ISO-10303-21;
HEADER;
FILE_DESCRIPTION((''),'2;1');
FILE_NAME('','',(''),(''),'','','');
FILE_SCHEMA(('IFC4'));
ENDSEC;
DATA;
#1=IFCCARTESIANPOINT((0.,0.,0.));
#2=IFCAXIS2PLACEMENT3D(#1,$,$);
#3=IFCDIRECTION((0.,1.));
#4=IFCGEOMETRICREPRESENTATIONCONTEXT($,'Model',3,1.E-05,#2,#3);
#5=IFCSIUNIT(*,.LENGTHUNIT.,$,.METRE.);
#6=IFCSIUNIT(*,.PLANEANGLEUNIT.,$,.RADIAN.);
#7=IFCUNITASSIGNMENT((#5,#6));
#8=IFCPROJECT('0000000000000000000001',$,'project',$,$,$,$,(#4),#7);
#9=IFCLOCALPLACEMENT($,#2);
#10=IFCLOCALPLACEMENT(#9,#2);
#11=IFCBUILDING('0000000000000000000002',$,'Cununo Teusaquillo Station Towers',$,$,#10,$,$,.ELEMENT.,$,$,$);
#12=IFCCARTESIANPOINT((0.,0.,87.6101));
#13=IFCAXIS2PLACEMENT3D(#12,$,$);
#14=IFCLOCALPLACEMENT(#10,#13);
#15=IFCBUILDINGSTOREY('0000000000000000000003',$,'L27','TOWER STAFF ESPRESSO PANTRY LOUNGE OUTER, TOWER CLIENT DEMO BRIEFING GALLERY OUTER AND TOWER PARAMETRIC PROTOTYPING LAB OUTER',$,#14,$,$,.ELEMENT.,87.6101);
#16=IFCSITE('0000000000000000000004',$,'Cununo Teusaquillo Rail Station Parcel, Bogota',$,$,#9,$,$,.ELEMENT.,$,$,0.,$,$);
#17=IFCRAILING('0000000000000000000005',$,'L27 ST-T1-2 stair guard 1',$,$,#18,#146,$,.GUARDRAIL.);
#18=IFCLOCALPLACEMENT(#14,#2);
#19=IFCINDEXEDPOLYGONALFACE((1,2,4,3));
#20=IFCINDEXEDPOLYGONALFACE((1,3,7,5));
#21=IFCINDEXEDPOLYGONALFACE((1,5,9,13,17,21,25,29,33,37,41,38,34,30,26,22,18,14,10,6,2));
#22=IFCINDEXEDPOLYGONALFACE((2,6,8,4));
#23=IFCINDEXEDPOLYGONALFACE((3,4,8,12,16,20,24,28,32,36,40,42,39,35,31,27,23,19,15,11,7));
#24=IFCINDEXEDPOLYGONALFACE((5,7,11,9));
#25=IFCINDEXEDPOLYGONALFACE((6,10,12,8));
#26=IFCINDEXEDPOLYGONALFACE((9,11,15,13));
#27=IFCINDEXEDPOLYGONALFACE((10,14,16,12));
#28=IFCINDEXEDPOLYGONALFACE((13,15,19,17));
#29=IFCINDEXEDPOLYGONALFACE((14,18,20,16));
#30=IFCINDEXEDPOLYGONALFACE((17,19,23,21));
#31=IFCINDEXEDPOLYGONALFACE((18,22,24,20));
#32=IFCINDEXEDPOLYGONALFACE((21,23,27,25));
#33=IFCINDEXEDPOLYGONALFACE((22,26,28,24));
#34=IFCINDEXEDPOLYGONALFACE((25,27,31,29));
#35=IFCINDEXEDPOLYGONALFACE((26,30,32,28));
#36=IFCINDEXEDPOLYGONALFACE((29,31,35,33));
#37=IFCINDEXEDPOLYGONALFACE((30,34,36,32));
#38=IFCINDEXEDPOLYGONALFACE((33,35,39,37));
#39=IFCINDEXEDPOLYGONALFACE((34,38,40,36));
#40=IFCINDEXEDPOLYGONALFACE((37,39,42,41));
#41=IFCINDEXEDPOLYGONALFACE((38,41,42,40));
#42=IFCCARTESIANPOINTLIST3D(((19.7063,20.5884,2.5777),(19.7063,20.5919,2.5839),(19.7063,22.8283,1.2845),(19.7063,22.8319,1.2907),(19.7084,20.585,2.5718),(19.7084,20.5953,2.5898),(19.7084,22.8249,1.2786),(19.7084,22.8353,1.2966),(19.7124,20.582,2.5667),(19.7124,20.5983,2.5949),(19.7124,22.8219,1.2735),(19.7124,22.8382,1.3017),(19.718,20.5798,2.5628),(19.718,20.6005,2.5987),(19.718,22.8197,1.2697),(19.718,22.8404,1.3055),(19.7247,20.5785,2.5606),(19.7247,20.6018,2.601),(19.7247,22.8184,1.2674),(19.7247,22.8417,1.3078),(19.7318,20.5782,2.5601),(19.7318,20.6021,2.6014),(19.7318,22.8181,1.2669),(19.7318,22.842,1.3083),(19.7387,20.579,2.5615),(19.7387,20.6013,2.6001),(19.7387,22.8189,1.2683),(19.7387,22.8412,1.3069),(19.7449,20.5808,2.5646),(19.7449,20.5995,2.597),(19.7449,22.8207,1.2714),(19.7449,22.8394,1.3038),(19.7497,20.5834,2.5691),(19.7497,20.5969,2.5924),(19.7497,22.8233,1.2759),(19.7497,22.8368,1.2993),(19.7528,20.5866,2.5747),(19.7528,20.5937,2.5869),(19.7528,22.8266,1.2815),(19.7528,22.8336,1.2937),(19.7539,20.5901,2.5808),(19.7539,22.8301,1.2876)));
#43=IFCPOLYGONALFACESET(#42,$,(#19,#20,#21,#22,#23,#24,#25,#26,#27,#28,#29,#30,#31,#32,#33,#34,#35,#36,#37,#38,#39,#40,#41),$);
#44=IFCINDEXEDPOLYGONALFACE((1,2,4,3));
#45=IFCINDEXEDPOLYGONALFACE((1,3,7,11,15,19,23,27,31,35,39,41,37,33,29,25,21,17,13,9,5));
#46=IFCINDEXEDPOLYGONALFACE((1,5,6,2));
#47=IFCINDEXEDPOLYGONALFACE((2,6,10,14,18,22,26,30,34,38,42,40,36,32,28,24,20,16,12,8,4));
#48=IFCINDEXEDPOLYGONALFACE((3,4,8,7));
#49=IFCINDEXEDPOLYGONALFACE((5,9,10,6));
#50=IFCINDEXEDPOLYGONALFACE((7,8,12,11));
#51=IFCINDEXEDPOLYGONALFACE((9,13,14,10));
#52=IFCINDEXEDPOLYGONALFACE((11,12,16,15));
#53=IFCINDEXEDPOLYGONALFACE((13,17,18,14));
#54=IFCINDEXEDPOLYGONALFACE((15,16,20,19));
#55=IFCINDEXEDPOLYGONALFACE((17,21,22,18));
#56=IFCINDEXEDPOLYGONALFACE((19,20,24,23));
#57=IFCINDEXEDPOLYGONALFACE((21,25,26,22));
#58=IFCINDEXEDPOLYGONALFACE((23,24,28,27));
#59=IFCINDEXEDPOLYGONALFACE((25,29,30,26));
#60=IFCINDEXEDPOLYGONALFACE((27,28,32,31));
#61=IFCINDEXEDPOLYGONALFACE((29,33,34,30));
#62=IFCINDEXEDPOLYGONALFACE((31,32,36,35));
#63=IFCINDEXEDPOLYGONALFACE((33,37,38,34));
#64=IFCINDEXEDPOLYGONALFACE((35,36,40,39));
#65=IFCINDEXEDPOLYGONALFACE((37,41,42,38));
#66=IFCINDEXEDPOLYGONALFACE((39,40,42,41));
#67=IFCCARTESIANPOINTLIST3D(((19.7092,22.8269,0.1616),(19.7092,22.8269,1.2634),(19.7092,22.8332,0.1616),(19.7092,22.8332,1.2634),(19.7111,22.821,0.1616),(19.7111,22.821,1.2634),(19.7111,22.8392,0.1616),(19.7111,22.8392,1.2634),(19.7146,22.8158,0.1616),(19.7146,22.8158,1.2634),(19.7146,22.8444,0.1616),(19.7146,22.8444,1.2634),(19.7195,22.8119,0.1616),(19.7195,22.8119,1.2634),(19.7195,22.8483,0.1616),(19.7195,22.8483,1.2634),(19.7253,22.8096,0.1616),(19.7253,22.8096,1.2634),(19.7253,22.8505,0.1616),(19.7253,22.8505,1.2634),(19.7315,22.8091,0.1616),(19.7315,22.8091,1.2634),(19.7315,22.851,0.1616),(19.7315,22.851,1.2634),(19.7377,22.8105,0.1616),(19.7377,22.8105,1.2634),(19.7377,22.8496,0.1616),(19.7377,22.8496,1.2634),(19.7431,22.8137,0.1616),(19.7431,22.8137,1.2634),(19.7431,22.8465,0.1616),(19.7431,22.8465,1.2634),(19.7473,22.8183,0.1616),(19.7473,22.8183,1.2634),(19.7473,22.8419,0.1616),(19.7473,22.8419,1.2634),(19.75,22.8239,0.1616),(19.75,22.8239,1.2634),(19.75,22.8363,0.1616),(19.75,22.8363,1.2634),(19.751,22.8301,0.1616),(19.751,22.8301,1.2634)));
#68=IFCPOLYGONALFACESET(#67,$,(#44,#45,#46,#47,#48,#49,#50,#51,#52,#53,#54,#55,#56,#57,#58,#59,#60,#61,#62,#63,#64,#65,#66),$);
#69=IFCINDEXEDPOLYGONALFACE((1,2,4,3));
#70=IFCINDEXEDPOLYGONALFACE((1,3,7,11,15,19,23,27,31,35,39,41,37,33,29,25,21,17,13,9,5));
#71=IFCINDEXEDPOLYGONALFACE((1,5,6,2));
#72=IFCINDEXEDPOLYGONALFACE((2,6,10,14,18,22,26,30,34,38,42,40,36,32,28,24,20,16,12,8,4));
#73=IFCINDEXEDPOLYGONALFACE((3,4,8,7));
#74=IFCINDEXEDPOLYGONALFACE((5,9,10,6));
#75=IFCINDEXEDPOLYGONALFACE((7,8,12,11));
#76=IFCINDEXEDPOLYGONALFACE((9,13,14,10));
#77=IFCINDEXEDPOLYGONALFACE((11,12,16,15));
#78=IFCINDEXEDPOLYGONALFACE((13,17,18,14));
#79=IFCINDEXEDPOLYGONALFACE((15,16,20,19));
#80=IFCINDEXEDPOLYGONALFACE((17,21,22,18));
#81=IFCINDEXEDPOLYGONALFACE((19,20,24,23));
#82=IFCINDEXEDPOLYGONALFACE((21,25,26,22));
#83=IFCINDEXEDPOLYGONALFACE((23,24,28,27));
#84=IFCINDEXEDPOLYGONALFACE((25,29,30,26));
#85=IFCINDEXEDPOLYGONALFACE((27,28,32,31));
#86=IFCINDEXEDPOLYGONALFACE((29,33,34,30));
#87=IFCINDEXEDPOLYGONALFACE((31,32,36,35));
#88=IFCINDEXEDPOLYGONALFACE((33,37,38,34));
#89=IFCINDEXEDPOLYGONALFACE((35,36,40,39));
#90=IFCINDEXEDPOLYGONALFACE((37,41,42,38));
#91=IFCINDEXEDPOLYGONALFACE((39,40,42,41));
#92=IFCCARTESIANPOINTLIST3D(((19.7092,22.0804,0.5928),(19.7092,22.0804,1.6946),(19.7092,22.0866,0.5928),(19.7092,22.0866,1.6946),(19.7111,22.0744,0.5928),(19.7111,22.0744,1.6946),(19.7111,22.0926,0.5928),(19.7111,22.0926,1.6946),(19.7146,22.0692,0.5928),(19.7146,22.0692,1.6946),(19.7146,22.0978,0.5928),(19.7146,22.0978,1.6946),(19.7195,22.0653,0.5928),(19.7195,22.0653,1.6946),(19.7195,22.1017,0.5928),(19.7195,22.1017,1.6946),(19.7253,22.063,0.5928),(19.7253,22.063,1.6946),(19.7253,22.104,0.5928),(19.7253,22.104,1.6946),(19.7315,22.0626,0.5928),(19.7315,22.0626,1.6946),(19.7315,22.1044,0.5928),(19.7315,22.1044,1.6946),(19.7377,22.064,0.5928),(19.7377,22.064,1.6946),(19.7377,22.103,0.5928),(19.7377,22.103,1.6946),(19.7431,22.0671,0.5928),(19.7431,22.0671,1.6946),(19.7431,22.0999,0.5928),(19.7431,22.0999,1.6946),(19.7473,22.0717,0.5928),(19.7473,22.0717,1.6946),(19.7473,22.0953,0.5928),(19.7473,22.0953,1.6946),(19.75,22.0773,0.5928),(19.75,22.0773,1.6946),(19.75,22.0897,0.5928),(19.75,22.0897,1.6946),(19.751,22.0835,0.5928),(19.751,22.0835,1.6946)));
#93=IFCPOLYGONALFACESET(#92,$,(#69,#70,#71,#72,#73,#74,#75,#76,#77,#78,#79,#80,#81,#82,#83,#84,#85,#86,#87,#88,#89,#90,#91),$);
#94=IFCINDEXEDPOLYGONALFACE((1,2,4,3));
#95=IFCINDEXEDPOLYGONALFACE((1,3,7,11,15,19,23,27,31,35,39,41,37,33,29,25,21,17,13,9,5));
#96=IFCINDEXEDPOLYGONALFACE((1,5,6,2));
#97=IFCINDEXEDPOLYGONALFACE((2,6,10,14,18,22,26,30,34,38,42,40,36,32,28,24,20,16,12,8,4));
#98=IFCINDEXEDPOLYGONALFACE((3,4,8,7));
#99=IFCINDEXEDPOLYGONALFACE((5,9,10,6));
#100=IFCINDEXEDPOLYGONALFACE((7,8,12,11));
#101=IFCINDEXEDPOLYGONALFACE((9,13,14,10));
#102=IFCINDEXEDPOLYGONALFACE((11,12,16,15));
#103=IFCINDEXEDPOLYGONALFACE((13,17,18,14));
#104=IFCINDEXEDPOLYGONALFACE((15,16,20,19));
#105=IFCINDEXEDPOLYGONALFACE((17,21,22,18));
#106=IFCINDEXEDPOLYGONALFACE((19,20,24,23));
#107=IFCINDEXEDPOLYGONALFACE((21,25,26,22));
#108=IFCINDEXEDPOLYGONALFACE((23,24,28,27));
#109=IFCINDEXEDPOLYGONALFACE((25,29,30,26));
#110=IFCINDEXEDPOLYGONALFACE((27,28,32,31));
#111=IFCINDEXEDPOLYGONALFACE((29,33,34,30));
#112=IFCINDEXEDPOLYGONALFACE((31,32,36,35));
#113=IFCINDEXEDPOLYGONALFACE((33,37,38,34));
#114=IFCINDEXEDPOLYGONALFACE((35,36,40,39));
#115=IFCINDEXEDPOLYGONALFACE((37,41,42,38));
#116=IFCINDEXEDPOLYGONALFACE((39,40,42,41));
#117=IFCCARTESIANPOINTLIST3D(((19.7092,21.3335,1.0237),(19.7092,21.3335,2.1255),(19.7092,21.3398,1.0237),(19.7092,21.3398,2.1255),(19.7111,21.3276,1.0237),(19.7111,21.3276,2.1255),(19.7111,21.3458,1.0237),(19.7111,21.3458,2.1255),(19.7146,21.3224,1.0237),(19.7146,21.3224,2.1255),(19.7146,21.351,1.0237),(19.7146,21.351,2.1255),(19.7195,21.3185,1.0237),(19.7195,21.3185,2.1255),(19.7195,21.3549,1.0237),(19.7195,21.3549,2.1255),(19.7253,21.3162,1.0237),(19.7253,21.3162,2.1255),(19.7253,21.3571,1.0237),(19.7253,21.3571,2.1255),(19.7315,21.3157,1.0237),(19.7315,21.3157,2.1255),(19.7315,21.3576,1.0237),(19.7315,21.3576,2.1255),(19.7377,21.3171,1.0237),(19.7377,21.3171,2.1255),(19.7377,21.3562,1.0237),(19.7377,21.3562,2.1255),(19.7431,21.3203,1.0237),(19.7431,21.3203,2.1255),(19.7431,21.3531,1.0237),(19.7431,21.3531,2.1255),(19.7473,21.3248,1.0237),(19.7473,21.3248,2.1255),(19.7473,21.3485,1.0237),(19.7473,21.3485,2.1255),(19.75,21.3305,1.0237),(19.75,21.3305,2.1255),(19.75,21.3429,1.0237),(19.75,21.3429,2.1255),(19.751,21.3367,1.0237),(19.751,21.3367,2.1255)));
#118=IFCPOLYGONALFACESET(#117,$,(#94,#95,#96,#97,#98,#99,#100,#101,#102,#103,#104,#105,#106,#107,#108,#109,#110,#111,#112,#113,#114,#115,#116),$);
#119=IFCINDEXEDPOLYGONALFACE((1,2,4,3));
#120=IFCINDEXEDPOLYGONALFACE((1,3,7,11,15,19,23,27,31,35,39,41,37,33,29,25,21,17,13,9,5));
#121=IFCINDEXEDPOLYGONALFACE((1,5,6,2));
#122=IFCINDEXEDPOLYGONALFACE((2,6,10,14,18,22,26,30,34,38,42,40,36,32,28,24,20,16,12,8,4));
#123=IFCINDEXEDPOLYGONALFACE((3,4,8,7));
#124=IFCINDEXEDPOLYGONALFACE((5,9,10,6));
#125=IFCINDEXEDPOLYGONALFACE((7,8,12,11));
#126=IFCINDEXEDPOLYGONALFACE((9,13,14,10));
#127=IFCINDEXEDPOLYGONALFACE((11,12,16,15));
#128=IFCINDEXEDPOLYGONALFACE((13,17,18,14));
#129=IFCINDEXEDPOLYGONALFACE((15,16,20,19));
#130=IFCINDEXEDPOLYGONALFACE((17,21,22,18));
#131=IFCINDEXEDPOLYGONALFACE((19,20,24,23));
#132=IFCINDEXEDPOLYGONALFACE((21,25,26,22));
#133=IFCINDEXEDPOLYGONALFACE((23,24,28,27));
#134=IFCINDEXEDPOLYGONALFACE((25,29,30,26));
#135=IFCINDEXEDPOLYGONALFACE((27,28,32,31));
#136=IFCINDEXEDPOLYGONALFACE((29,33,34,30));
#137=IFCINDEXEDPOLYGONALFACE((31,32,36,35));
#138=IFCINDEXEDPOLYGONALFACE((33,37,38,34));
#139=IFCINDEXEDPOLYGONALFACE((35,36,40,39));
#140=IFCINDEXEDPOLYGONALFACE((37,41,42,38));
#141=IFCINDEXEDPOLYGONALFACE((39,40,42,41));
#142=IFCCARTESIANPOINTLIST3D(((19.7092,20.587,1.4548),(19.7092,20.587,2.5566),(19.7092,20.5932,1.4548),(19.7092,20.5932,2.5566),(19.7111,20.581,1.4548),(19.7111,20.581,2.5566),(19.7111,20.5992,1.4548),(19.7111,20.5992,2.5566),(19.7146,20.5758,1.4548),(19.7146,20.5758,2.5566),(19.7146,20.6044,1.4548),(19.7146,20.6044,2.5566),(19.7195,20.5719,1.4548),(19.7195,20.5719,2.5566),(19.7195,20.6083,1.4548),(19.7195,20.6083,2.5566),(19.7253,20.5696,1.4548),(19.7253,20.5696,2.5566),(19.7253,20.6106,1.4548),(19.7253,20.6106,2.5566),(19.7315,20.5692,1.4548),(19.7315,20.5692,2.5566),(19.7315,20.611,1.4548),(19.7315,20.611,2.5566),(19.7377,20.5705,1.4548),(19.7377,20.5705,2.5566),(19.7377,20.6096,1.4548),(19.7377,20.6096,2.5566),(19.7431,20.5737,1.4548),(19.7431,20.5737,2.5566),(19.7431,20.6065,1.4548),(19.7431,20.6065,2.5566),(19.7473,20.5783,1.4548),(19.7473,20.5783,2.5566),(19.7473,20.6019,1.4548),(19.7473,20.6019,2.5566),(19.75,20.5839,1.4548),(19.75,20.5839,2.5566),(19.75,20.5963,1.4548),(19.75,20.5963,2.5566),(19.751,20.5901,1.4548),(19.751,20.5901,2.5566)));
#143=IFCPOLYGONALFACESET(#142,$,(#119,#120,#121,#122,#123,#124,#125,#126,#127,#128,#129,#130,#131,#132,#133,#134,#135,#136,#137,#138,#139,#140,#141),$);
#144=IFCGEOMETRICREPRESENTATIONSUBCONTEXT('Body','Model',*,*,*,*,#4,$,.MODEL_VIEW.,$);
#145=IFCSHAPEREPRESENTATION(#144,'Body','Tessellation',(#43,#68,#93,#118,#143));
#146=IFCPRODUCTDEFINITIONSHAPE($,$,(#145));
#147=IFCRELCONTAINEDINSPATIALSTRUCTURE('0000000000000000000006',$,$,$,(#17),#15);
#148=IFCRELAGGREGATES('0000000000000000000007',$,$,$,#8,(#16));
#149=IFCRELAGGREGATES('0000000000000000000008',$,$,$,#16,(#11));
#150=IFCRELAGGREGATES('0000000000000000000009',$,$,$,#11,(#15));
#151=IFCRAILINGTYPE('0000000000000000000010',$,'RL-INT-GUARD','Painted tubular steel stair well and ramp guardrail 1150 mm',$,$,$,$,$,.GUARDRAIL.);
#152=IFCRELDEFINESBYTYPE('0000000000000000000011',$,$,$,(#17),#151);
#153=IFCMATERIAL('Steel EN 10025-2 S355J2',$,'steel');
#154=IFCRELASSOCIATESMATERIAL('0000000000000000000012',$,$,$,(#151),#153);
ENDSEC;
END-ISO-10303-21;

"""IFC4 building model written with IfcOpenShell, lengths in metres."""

from ifc_helpers import new_model, si_unit, direction, frame, origin, origin_2d, place, context, subcontext, project, spatial, circle, extrude, material, type_object, element, save


model = new_model("IFC4")

# Units and contexts
model_context = context("Model", 3, precision=1e-05, world=origin(), true_north=direction((0.0, 1.0)))
body_context = subcontext(model_context, "Body", "Model", "MODEL_VIEW")
ifc_project = project(units=[si_unit("LENGTHUNIT", "METRE"), si_unit("PLANEANGLEUNIT", "RADIAN")], contexts=[model_context])

# Site, building, storey
site_placement = place(None, origin())
site = spatial("IfcSite", under=ifc_project, at=site_placement, Name="Cununo Teusaquillo Rail Station Parcel, Bogota", CompositionType="ELEMENT", RefElevation=0.0)
building_placement = place(site_placement, origin())
building = spatial("IfcBuilding", under=site, at=building_placement, Name="Cununo Teusaquillo Station Towers", CompositionType="ELEMENT")
storey_placement = place(building_placement, frame((0.0, 0.0, 87.6101)))
storey = spatial("IfcBuildingStorey", under=building, at=storey_placement, Name="L27", Description="TOWER STAFF ESPRESSO PANTRY LOUNGE OUTER, TOWER CLIENT DEMO BRIEFING GALLERY OUTER AND TOWER PARAMETRIC PROTOTYPING LAB OUTER", CompositionType="ELEMENT", Elevation=87.6101)

# Railing
ifc_material_1 = material(Name="Steel EN 10025-2 S355J2", Category="steel")
railing_type_1 = type_object("IfcRailingType", Name="RL-INT-GUARD", Description="Painted tubular steel stair well and ramp guardrail 1150 mm", PredefinedType="GUARDRAIL", material=ifc_material_1)
railing_1_placement = place(storey_placement, frame((19.73, 22.8301, 0.1616)))
element("IfcRailing", 1, at=railing_1_placement, inside=storey, type_object=railing_type_1, Name="L27 ST-T1-2 stair guard 1", PredefinedType="GUARDRAIL", context=body_context, shape_type="SweptSolid", body=[
    extrude(circle(Radius=0.0239, at=origin_2d()), frame((0.0, 0.0, 1.126), z_axis=(0.0, -0.866033, 0.499987), x_axis=(1.0, 0.0, 0.0)), (0.0, 0.0, 1.0), 2.5864),
    extrude(circle(Radius=0.021, at=origin_2d()), origin(), (0.0, 0.0, 1.0), 1.1018),
    extrude(circle(Radius=0.021, at=origin_2d()), frame((0.0, -0.7466, 0.4312)), (0.0, 0.0, 1.0), 1.1018),
    extrude(circle(Radius=0.021, at=origin_2d()), frame((0.0, -1.4934, 0.8621)), (0.0, 0.0, 1.0), 1.1018),
    extrude(circle(Radius=0.021, at=origin_2d()), frame((0.0, -2.24, 1.2932)), (0.0, 0.0, 1.0), 1.1018),
])

save(model, "model.ifc")
